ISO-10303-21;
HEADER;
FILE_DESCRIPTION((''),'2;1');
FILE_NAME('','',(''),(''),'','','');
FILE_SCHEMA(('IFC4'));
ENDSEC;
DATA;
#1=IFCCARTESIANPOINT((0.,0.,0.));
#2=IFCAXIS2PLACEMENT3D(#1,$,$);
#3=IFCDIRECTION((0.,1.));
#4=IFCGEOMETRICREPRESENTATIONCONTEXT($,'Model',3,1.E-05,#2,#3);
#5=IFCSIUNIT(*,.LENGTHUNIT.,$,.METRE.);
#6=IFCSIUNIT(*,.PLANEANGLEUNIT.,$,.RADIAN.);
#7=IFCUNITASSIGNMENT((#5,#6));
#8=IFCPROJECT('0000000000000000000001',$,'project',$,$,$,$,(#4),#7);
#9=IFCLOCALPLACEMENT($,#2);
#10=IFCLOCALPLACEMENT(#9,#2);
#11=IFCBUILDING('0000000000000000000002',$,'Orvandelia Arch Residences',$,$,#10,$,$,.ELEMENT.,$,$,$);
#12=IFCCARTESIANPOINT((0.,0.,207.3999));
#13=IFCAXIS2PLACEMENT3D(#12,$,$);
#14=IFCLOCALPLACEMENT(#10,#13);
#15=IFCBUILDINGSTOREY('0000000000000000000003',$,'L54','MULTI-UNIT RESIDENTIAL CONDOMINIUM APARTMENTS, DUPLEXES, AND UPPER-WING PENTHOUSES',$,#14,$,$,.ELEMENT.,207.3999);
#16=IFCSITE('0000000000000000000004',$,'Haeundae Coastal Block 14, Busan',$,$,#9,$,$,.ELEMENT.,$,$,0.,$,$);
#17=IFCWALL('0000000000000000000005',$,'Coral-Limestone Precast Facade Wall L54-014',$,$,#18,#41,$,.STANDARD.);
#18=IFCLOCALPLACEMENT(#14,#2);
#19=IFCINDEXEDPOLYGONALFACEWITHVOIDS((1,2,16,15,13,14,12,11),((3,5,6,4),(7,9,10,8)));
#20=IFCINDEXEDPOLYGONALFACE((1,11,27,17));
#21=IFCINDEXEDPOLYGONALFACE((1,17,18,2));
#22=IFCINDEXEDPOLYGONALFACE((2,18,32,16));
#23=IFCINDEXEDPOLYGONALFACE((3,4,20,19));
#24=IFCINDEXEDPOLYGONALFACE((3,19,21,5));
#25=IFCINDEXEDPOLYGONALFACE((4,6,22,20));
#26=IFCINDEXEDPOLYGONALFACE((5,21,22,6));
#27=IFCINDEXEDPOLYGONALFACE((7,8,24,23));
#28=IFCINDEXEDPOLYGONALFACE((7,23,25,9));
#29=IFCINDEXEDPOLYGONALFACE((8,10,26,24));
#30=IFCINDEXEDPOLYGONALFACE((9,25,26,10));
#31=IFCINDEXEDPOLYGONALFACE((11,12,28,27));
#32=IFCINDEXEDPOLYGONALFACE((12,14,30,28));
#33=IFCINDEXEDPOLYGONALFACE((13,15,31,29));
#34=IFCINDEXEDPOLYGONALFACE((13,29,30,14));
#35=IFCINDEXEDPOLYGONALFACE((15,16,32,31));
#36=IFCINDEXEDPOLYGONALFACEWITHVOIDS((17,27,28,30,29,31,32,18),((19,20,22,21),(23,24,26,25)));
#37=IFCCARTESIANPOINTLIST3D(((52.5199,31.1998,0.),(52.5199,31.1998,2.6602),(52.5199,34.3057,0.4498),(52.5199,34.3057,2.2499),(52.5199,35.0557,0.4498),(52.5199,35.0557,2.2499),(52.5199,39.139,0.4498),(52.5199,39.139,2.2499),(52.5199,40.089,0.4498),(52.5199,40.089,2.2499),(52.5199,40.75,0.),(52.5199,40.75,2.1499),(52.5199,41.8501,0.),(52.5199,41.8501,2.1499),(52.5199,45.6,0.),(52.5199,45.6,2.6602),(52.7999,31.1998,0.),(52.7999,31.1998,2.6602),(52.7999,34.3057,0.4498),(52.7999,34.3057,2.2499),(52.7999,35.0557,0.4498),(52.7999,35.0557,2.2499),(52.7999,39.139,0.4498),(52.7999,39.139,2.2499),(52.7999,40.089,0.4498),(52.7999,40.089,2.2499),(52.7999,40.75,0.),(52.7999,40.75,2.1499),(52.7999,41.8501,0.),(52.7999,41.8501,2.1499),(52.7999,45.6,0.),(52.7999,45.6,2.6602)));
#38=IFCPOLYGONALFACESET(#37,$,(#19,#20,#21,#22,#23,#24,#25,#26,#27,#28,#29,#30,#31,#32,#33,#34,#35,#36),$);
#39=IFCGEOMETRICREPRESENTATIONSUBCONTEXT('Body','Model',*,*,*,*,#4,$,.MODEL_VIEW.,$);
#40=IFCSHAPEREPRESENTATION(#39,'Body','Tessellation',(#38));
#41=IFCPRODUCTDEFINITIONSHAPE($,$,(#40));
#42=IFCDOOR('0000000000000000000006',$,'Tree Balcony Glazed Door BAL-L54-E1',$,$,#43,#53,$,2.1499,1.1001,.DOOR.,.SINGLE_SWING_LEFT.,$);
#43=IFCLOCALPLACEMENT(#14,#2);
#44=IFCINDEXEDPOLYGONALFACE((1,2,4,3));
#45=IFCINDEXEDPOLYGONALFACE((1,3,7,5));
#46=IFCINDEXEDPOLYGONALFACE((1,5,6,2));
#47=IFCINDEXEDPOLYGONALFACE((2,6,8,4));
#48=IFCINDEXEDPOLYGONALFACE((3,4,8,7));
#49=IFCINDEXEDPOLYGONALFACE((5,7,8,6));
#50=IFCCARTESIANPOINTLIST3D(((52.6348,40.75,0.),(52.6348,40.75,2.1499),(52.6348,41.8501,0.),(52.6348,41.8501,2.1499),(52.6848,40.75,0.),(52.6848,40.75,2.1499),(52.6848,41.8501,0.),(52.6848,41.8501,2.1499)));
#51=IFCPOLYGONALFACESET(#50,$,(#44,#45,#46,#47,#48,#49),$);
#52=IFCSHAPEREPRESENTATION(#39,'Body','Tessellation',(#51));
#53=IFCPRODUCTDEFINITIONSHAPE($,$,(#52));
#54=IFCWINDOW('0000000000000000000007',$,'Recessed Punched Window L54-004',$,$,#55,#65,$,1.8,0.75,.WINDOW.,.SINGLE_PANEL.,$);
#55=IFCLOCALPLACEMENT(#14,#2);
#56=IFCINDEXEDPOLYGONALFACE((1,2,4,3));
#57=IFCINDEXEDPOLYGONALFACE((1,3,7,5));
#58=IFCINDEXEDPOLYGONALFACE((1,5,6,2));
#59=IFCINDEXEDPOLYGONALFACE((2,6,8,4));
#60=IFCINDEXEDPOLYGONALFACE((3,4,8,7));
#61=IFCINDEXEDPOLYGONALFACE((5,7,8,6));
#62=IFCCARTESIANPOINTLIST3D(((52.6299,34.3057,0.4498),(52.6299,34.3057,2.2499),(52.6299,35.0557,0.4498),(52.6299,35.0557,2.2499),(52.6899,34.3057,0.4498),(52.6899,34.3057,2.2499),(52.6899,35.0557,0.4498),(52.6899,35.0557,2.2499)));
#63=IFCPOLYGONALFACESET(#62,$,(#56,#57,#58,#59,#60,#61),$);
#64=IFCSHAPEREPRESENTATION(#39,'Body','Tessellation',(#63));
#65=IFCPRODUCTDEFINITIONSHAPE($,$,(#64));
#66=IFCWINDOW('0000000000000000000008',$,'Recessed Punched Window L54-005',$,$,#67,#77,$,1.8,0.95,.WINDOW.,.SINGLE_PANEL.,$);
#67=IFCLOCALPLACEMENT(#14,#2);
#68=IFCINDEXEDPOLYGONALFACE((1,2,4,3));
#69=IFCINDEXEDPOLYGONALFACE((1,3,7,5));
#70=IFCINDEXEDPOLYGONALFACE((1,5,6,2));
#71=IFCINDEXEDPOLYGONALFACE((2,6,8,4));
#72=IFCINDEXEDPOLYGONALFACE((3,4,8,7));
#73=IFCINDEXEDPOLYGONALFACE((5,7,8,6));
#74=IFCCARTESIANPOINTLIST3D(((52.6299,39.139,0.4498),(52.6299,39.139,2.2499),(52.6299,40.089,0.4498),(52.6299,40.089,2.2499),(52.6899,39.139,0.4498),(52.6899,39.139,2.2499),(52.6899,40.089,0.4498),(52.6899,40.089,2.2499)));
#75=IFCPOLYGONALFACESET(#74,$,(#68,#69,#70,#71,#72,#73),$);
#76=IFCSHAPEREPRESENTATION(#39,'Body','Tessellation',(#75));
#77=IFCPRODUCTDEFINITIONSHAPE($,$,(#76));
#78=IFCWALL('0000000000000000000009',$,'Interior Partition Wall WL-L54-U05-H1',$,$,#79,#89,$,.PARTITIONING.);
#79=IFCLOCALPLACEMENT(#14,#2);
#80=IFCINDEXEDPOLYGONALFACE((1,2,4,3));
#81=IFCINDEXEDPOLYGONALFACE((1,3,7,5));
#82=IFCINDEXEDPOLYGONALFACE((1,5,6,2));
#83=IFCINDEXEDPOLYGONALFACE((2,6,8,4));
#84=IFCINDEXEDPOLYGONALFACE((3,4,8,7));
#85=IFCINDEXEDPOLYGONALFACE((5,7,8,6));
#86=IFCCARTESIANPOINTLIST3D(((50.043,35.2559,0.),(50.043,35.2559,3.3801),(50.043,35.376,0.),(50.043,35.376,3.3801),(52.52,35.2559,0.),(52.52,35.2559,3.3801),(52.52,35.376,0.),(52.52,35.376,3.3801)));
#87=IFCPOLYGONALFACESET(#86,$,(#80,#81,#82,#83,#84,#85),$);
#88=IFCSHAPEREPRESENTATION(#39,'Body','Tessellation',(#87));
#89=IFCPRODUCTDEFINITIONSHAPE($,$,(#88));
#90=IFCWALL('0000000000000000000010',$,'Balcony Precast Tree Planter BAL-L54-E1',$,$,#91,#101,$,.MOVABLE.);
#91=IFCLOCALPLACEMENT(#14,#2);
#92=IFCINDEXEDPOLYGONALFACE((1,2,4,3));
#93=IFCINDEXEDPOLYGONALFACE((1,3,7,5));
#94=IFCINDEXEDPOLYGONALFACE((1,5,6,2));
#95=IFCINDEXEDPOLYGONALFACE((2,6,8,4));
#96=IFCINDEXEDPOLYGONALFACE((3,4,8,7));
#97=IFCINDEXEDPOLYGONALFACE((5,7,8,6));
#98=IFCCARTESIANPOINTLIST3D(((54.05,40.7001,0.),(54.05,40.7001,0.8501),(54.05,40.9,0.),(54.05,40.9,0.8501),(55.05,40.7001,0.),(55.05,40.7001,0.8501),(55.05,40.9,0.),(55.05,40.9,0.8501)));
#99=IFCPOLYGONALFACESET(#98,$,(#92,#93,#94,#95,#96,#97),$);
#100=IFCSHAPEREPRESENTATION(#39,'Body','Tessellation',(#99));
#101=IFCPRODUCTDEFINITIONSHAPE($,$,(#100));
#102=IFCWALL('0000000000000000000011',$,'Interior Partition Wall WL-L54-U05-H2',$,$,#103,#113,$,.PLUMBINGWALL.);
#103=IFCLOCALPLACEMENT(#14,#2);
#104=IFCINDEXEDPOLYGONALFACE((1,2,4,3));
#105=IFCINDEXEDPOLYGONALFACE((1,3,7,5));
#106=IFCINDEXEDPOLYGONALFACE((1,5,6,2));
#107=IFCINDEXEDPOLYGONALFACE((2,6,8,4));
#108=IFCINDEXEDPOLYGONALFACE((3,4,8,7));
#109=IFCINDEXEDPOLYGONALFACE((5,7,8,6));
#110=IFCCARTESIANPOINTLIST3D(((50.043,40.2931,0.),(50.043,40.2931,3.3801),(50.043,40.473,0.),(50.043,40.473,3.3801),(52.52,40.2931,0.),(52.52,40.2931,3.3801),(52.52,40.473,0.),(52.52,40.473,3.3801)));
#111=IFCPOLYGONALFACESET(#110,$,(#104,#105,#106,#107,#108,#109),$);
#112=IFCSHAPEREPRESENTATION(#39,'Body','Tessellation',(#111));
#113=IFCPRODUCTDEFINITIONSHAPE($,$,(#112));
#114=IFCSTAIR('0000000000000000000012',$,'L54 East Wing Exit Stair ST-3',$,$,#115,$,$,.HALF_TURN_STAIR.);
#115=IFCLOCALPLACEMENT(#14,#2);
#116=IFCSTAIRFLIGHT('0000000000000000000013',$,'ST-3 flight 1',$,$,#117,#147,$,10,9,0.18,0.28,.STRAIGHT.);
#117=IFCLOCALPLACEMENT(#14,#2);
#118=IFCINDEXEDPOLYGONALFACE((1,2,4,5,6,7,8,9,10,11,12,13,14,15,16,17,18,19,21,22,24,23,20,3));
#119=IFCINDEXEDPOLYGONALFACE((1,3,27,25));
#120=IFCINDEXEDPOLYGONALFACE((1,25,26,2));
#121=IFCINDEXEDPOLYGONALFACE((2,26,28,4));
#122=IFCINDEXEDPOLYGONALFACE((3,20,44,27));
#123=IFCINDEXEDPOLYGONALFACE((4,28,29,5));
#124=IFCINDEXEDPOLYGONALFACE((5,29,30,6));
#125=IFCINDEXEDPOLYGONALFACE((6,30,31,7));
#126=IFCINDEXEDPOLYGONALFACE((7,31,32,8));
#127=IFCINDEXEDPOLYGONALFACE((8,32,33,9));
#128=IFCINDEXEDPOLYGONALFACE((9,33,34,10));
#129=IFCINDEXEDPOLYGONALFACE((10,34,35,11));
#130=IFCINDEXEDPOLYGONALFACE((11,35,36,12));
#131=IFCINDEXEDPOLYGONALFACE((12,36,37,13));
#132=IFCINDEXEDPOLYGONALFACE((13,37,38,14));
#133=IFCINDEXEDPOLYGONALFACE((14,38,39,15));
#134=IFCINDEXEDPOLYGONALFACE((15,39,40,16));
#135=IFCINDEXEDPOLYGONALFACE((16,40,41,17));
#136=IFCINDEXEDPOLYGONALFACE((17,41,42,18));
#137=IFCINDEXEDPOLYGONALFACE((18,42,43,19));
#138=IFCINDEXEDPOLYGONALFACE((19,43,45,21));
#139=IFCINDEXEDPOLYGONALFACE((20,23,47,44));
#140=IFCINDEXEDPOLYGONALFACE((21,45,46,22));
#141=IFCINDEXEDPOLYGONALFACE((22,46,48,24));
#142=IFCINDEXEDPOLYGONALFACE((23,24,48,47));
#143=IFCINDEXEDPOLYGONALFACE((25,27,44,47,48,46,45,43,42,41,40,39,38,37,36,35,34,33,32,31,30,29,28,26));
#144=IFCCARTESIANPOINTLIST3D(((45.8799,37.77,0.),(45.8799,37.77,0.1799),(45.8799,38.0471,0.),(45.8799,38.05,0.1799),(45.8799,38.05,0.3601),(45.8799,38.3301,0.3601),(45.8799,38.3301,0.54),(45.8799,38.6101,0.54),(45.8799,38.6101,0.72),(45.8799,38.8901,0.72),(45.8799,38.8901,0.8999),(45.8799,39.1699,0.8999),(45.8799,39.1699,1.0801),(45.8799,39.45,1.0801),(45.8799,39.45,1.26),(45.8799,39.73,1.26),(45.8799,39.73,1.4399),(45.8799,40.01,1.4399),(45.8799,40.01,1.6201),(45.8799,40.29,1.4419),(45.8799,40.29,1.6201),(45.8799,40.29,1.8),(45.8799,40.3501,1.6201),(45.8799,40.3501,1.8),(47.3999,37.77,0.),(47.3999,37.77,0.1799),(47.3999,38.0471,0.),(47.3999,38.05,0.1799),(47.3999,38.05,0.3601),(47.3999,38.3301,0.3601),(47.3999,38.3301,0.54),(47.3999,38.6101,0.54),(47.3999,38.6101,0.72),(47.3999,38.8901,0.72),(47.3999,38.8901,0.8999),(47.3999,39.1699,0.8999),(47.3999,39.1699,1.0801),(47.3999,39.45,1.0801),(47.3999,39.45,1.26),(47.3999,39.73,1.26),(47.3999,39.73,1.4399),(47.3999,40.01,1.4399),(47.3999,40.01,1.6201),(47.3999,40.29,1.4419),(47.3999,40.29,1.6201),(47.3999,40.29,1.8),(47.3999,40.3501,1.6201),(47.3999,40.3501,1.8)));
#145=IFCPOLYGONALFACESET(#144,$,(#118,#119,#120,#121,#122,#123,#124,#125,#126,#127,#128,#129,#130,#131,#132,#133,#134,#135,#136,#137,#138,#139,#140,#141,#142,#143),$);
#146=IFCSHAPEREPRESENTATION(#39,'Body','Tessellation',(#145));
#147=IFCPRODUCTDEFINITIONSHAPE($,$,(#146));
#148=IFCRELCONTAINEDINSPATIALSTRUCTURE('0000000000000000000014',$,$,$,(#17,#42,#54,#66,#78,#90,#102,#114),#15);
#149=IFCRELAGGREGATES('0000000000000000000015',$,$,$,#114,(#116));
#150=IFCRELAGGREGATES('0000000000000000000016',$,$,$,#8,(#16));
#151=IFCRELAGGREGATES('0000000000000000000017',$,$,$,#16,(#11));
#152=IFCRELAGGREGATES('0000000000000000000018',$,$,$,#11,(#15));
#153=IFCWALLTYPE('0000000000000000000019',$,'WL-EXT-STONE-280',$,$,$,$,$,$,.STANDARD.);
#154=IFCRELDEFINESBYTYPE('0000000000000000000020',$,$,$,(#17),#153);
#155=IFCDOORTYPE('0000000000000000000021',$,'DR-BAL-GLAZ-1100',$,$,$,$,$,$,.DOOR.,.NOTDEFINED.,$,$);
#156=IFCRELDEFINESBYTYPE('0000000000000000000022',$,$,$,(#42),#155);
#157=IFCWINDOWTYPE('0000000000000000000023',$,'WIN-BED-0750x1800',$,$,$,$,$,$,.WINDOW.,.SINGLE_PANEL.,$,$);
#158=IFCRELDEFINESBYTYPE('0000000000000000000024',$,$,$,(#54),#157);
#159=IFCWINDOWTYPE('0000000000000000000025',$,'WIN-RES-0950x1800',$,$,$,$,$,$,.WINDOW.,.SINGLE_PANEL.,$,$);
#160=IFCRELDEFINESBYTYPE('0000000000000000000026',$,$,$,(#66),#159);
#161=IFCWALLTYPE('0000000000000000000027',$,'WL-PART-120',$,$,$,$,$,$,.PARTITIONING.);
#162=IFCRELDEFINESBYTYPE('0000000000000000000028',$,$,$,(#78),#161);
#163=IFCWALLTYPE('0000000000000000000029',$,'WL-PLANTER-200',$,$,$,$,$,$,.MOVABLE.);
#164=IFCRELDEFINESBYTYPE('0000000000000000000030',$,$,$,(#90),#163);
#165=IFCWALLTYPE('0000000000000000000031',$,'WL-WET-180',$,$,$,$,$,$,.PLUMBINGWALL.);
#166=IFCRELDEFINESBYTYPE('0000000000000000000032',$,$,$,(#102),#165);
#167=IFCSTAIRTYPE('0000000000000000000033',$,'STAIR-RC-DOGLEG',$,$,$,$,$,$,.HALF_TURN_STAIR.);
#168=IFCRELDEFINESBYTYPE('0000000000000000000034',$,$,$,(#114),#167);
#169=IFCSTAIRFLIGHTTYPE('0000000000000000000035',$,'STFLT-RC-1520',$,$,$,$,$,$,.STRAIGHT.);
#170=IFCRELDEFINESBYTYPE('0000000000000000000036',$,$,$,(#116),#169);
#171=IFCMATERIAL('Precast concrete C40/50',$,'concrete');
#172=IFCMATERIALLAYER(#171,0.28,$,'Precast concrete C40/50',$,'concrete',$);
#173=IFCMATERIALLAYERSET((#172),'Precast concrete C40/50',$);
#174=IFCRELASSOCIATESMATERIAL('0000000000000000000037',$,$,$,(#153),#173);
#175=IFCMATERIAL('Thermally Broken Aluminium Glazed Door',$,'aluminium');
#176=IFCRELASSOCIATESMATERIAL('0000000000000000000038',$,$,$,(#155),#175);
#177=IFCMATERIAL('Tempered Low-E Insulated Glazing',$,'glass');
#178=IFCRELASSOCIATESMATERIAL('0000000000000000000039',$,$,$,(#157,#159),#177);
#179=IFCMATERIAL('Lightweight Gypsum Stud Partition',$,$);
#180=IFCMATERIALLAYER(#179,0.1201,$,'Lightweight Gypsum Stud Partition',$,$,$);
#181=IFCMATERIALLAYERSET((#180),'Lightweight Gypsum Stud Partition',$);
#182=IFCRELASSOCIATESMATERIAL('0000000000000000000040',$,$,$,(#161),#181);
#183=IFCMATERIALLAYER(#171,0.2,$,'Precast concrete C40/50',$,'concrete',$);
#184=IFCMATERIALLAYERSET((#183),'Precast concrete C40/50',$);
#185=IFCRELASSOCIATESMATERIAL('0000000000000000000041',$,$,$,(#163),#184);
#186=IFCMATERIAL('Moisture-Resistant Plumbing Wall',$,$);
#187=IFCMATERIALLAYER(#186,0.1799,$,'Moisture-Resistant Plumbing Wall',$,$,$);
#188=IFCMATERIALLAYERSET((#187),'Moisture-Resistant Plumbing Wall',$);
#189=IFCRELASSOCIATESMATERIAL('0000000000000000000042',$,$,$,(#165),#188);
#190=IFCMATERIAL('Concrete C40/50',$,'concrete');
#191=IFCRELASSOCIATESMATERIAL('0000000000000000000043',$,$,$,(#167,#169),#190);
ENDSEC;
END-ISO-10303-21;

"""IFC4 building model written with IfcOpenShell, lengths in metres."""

from ifc_helpers import new_model, si_unit, direction, frame, frame_2d, origin, place, context, subcontext, project, spatial, polyline, rectangle, outline, extrude, material, layer, layer_set, type_object, element, fill, aggregate, save


model = new_model("IFC4")

# Units and contexts
model_context = context("Model", 3, precision=1e-05, world=origin(), true_north=direction((0.0, 1.0)))
body_context = subcontext(model_context, "Body", "Model", "MODEL_VIEW")
ifc_project = project(units=[si_unit("LENGTHUNIT", "METRE"), si_unit("PLANEANGLEUNIT", "RADIAN")], contexts=[model_context])

# Site, building, storey
site_placement = place(None, origin())
site = spatial("IfcSite", under=ifc_project, at=site_placement, Name="Haeundae Coastal Block 14, Busan", CompositionType="ELEMENT", RefElevation=0.0)
building_placement = place(site_placement, origin())
building = spatial("IfcBuilding", under=site, at=building_placement, Name="Orvandelia Arch Residences", CompositionType="ELEMENT")
storey_placement = place(building_placement, frame((0.0, 0.0, 207.3999)))
storey = spatial("IfcBuildingStorey", under=building, at=storey_placement, Name="L54", Description="MULTI-UNIT RESIDENTIAL CONDOMINIUM APARTMENTS, DUPLEXES, AND UPPER-WING PENTHOUSES", CompositionType="ELEMENT", Elevation=207.3999)

# Shared definitions
ifc_material_1 = material(Name="Precast concrete C40/50", Category="concrete")
ifc_layer_1 = layer(ifc_material_1, 0.28, Name="Precast concrete C40/50", Category="concrete")
ifc_layer_set_1 = layer_set([ifc_layer_1], Name="Precast concrete C40/50")
wall_type_1 = type_object("IfcWallType", Name="WL-EXT-STONE-280", PredefinedType="STANDARD", material=ifc_layer_set_1)

# Wall, openings, door, windows
wall_1_placement = place(storey_placement, frame((52.6599, 45.6001, 0.0), z_axis=(0.0, 0.0, 1.0), x_axis=(0.0, -1.0, 0.0)))
wall_1 = element("IfcWall", 1, at=wall_1_placement, inside=storey, type_object=wall_type_1, Name="Coral-Limestone Precast Facade Wall L54-014", PredefinedType="STANDARD", context=body_context, shape_type="SweptSolid", body=[
    extrude(rectangle(XDim=14.4001, YDim=0.28, at=frame_2d((7.2002, 0.0))), origin(), (0.0, 0.0, 1.0), 2.6602),
])
opening_1_placement = place(wall_1_placement, frame((3.75, 0.0, 0.0)))
opening_1 = element("IfcOpeningElement", 2, at=opening_1_placement, cuts=wall_1, PredefinedType="OPENING", context=body_context, shape_type="SweptSolid", body=[
    extrude(rectangle(XDim=1.1001, YDim=2.1499, at=frame_2d((0.55, 1.075))), frame((0.0, 0.1499, 0.0), z_axis=(0.0, -1.0, 0.0), x_axis=(1.0, 0.0, 0.0)), (0.0, 0.0, 1.0), 0.3),
])
opening_2_placement = place(wall_1_placement, frame((10.5444, 0.0, 0.45)))
opening_2 = element("IfcOpeningElement", 3, at=opening_2_placement, cuts=wall_1, PredefinedType="OPENING", context=body_context, shape_type="SweptSolid", body=[
    extrude(rectangle(XDim=0.75, YDim=1.8, at=frame_2d((0.375, 0.8999))), frame((0.0, 0.1499, 0.0), z_axis=(0.0, -1.0, 0.0), x_axis=(1.0, 0.0, 0.0)), (0.0, 0.0, 1.0), 0.3),
])
opening_3_placement = place(wall_1_placement, frame((5.511, 0.0, 0.45)))
opening_3 = element("IfcOpeningElement", 4, at=opening_3_placement, cuts=wall_1, PredefinedType="OPENING", context=body_context, shape_type="SweptSolid", body=[
    extrude(rectangle(XDim=0.95, YDim=1.8, at=frame_2d((0.4751, 0.8999))), frame((0.0, 0.1499, 0.0), z_axis=(0.0, -1.0, 0.0), x_axis=(1.0, 0.0, 0.0)), (0.0, 0.0, 1.0), 0.3),
])
ifc_material_2 = material(Name="Thermally Broken Aluminium Glazed Door", Category="aluminium")
door_type_1 = type_object("IfcDoorType", Name="DR-BAL-GLAZ-1100", OperationType="NOTDEFINED", PredefinedType="DOOR", material=ifc_material_2)
door_1_placement = place(opening_1_placement, origin())
door_1 = element("IfcDoor", 5, at=door_1_placement, inside=storey, type_object=door_type_1, Name="Tree Balcony Glazed Door BAL-L54-E1", OperationType="SINGLE_SWING_LEFT", OverallHeight=2.1499, OverallWidth=1.1001, PredefinedType="DOOR", context=body_context, shape_type="SweptSolid", body=[
    extrude(rectangle(XDim=1.1001, YDim=2.1499, at=frame_2d((0.55, 1.075))), frame((0.0, 0.0249, 0.0), z_axis=(0.0, -1.0, 0.0), x_axis=(1.0, 0.0, 0.0)), (0.0, 0.0, 1.0), 0.05),
])
fill(opening_1, door_1)
ifc_material_3 = material(Name="Tempered Low-E Insulated Glazing", Category="glass")
window_type_1 = type_object("IfcWindowType", Name="WIN-BED-0750x1800", PartitioningType="SINGLE_PANEL", PredefinedType="WINDOW", material=ifc_material_3)
window_1_placement = place(opening_2_placement, origin())
window_1 = element("IfcWindow", 6, at=window_1_placement, inside=storey, type_object=window_type_1, Name="Recessed Punched Window L54-004", OverallHeight=1.8, OverallWidth=0.75, PartitioningType="SINGLE_PANEL", PredefinedType="WINDOW", context=body_context, shape_type="SweptSolid", body=[
    extrude(rectangle(XDim=0.75, YDim=1.8, at=frame_2d((0.375, 0.8999))), frame((0.0, 0.03, 0.0), z_axis=(0.0, -1.0, 0.0), x_axis=(1.0, 0.0, 0.0)), (0.0, 0.0, 1.0), 0.0601),
])
fill(opening_2, window_1)
window_type_2 = type_object("IfcWindowType", Name="WIN-RES-0950x1800", PartitioningType="SINGLE_PANEL", PredefinedType="WINDOW", material=ifc_material_3)
window_2_placement = place(opening_3_placement, origin())
window_2 = element("IfcWindow", 7, at=window_2_placement, inside=storey, type_object=window_type_2, Name="Recessed Punched Window L54-005", OverallHeight=1.8, OverallWidth=0.95, PartitioningType="SINGLE_PANEL", PredefinedType="WINDOW", context=body_context, shape_type="SweptSolid", body=[
    extrude(rectangle(XDim=0.95, YDim=1.8, at=frame_2d((0.4751, 0.8999))), frame((0.0, 0.03, 0.0), z_axis=(0.0, -1.0, 0.0), x_axis=(1.0, 0.0, 0.0)), (0.0, 0.0, 1.0), 0.0601),
])
fill(opening_3, window_2)

# Walls
ifc_material_4 = material(Name="Lightweight Gypsum Stud Partition")
ifc_layer_2 = layer(ifc_material_4, 0.1201, Name="Lightweight Gypsum Stud Partition")
ifc_layer_set_2 = layer_set([ifc_layer_2], Name="Lightweight Gypsum Stud Partition")
wall_type_2 = type_object("IfcWallType", Name="WL-PART-120", PredefinedType="PARTITIONING", material=ifc_layer_set_2)
wall_2_placement = place(storey_placement, frame((50.043, 35.3159, 0.0), z_axis=(0.0, 0.0, 1.0), x_axis=(1.0, 0.0, 0.0)))
element("IfcWall", 8, at=wall_2_placement, inside=storey, type_object=wall_type_2, Name="Interior Partition Wall WL-L54-U05-H1", PredefinedType="PARTITIONING", context=body_context, shape_type="SweptSolid", body=[
    extrude(rectangle(XDim=2.4771, YDim=0.1201, at=frame_2d((1.2385, 0.0))), origin(), (0.0, 0.0, 1.0), 3.3801),
])
ifc_layer_3 = layer(ifc_material_1, 0.2, Name="Precast concrete C40/50", Category="concrete")
ifc_layer_set_3 = layer_set([ifc_layer_3], Name="Precast concrete C40/50")
wall_type_3 = type_object("IfcWallType", Name="WL-PLANTER-200", PredefinedType="MOVABLE", material=ifc_layer_set_3)
wall_3_placement = place(storey_placement, frame((54.05, 40.8, 0.0), z_axis=(0.0, 0.0, 1.0), x_axis=(1.0, 0.0, 0.0)))
element("IfcWall", 9, at=wall_3_placement, inside=storey, type_object=wall_type_3, Name="Balcony Precast Tree Planter BAL-L54-E1", PredefinedType="MOVABLE", context=body_context, shape_type="SweptSolid", body=[
    extrude(rectangle(XDim=1.0, YDim=0.2, at=frame_2d((0.5, 0.0))), origin(), (0.0, 0.0, 1.0), 0.8501),
])
ifc_material_5 = material(Name="Moisture-Resistant Plumbing Wall")
ifc_layer_4 = layer(ifc_material_5, 0.1799, Name="Moisture-Resistant Plumbing Wall")
ifc_layer_set_4 = layer_set([ifc_layer_4], Name="Moisture-Resistant Plumbing Wall")
wall_type_4 = type_object("IfcWallType", Name="WL-WET-180", PredefinedType="PLUMBINGWALL", material=ifc_layer_set_4)
wall_4_placement = place(storey_placement, frame((50.043, 40.3831, 0.0), z_axis=(0.0, 0.0, 1.0), x_axis=(1.0, 0.0, 0.0)))
element("IfcWall", 10, at=wall_4_placement, inside=storey, type_object=wall_type_4, Name="Interior Partition Wall WL-L54-U05-H2", PredefinedType="PLUMBINGWALL", context=body_context, shape_type="SweptSolid", body=[
    extrude(rectangle(XDim=2.4771, YDim=0.1799, at=frame_2d((1.2385, 0.0))), origin(), (0.0, 0.0, 1.0), 3.3801),
])

# Stair, stair flight
ifc_material_6 = material(Name="Concrete C40/50", Category="concrete")
stair_type = type_object("IfcStairType", Name="STAIR-RC-DOGLEG", PredefinedType="HALF_TURN_STAIR", material=ifc_material_6)
stair_placement = place(storey_placement, origin())
stair = element("IfcStair", 11, at=stair_placement, inside=storey, type_object=stair_type, Name="L54 East Wing Exit Stair ST-3", PredefinedType="HALF_TURN_STAIR")
stair_flight_type = type_object("IfcStairFlightType", Name="STFLT-RC-1520", PredefinedType="STRAIGHT", material=ifc_material_6)
stair_flight_1_placement = place(storey_placement, frame((46.6399, 37.77, 0.0), z_axis=(0.0, 0.0, 1.0), x_axis=(0.0, 1.0, 0.0)))
stair_flight_1 = element("IfcStairFlight", 12, at=stair_flight_1_placement, type_object=stair_flight_type, Name="ST-3 flight 1", NumberOfRisers=10, NumberOfTreads=9, PredefinedType="STRAIGHT", RiserHeight=0.18, TreadLength=0.28, context=body_context, shape_type="SweptSolid", body=[
    extrude(outline(polyline([(0.0, 0.0), (0.0, 0.1799), (0.28, 0.1799), (0.28, 0.3601), (0.5601, 0.3601), (0.5601, 0.54), (0.8401, 0.54), (0.8401, 0.72), (1.1201, 0.72), (1.1201, 0.8999), (1.3999, 0.8999), (1.3999, 1.0801), (1.6799, 1.0801), (1.6799, 1.26), (1.96, 1.26), (1.96, 1.4399), (2.24, 1.4399), (2.24, 1.6201), (2.52, 1.6201), (2.52, 1.8), (2.5801, 1.8), (2.5801, 1.6201), (2.52, 1.4419), (0.2771, 0.0), (0.0, 0.0)])), frame((0.0, 0.76, 0.0), z_axis=(0.0, -1.0, 0.0), x_axis=(1.0, 0.0, 0.0)), (0.0, 0.0, 1.0), 1.52),
])
aggregate(stair, [stair_flight_1])

save(model, "model.ifc")
